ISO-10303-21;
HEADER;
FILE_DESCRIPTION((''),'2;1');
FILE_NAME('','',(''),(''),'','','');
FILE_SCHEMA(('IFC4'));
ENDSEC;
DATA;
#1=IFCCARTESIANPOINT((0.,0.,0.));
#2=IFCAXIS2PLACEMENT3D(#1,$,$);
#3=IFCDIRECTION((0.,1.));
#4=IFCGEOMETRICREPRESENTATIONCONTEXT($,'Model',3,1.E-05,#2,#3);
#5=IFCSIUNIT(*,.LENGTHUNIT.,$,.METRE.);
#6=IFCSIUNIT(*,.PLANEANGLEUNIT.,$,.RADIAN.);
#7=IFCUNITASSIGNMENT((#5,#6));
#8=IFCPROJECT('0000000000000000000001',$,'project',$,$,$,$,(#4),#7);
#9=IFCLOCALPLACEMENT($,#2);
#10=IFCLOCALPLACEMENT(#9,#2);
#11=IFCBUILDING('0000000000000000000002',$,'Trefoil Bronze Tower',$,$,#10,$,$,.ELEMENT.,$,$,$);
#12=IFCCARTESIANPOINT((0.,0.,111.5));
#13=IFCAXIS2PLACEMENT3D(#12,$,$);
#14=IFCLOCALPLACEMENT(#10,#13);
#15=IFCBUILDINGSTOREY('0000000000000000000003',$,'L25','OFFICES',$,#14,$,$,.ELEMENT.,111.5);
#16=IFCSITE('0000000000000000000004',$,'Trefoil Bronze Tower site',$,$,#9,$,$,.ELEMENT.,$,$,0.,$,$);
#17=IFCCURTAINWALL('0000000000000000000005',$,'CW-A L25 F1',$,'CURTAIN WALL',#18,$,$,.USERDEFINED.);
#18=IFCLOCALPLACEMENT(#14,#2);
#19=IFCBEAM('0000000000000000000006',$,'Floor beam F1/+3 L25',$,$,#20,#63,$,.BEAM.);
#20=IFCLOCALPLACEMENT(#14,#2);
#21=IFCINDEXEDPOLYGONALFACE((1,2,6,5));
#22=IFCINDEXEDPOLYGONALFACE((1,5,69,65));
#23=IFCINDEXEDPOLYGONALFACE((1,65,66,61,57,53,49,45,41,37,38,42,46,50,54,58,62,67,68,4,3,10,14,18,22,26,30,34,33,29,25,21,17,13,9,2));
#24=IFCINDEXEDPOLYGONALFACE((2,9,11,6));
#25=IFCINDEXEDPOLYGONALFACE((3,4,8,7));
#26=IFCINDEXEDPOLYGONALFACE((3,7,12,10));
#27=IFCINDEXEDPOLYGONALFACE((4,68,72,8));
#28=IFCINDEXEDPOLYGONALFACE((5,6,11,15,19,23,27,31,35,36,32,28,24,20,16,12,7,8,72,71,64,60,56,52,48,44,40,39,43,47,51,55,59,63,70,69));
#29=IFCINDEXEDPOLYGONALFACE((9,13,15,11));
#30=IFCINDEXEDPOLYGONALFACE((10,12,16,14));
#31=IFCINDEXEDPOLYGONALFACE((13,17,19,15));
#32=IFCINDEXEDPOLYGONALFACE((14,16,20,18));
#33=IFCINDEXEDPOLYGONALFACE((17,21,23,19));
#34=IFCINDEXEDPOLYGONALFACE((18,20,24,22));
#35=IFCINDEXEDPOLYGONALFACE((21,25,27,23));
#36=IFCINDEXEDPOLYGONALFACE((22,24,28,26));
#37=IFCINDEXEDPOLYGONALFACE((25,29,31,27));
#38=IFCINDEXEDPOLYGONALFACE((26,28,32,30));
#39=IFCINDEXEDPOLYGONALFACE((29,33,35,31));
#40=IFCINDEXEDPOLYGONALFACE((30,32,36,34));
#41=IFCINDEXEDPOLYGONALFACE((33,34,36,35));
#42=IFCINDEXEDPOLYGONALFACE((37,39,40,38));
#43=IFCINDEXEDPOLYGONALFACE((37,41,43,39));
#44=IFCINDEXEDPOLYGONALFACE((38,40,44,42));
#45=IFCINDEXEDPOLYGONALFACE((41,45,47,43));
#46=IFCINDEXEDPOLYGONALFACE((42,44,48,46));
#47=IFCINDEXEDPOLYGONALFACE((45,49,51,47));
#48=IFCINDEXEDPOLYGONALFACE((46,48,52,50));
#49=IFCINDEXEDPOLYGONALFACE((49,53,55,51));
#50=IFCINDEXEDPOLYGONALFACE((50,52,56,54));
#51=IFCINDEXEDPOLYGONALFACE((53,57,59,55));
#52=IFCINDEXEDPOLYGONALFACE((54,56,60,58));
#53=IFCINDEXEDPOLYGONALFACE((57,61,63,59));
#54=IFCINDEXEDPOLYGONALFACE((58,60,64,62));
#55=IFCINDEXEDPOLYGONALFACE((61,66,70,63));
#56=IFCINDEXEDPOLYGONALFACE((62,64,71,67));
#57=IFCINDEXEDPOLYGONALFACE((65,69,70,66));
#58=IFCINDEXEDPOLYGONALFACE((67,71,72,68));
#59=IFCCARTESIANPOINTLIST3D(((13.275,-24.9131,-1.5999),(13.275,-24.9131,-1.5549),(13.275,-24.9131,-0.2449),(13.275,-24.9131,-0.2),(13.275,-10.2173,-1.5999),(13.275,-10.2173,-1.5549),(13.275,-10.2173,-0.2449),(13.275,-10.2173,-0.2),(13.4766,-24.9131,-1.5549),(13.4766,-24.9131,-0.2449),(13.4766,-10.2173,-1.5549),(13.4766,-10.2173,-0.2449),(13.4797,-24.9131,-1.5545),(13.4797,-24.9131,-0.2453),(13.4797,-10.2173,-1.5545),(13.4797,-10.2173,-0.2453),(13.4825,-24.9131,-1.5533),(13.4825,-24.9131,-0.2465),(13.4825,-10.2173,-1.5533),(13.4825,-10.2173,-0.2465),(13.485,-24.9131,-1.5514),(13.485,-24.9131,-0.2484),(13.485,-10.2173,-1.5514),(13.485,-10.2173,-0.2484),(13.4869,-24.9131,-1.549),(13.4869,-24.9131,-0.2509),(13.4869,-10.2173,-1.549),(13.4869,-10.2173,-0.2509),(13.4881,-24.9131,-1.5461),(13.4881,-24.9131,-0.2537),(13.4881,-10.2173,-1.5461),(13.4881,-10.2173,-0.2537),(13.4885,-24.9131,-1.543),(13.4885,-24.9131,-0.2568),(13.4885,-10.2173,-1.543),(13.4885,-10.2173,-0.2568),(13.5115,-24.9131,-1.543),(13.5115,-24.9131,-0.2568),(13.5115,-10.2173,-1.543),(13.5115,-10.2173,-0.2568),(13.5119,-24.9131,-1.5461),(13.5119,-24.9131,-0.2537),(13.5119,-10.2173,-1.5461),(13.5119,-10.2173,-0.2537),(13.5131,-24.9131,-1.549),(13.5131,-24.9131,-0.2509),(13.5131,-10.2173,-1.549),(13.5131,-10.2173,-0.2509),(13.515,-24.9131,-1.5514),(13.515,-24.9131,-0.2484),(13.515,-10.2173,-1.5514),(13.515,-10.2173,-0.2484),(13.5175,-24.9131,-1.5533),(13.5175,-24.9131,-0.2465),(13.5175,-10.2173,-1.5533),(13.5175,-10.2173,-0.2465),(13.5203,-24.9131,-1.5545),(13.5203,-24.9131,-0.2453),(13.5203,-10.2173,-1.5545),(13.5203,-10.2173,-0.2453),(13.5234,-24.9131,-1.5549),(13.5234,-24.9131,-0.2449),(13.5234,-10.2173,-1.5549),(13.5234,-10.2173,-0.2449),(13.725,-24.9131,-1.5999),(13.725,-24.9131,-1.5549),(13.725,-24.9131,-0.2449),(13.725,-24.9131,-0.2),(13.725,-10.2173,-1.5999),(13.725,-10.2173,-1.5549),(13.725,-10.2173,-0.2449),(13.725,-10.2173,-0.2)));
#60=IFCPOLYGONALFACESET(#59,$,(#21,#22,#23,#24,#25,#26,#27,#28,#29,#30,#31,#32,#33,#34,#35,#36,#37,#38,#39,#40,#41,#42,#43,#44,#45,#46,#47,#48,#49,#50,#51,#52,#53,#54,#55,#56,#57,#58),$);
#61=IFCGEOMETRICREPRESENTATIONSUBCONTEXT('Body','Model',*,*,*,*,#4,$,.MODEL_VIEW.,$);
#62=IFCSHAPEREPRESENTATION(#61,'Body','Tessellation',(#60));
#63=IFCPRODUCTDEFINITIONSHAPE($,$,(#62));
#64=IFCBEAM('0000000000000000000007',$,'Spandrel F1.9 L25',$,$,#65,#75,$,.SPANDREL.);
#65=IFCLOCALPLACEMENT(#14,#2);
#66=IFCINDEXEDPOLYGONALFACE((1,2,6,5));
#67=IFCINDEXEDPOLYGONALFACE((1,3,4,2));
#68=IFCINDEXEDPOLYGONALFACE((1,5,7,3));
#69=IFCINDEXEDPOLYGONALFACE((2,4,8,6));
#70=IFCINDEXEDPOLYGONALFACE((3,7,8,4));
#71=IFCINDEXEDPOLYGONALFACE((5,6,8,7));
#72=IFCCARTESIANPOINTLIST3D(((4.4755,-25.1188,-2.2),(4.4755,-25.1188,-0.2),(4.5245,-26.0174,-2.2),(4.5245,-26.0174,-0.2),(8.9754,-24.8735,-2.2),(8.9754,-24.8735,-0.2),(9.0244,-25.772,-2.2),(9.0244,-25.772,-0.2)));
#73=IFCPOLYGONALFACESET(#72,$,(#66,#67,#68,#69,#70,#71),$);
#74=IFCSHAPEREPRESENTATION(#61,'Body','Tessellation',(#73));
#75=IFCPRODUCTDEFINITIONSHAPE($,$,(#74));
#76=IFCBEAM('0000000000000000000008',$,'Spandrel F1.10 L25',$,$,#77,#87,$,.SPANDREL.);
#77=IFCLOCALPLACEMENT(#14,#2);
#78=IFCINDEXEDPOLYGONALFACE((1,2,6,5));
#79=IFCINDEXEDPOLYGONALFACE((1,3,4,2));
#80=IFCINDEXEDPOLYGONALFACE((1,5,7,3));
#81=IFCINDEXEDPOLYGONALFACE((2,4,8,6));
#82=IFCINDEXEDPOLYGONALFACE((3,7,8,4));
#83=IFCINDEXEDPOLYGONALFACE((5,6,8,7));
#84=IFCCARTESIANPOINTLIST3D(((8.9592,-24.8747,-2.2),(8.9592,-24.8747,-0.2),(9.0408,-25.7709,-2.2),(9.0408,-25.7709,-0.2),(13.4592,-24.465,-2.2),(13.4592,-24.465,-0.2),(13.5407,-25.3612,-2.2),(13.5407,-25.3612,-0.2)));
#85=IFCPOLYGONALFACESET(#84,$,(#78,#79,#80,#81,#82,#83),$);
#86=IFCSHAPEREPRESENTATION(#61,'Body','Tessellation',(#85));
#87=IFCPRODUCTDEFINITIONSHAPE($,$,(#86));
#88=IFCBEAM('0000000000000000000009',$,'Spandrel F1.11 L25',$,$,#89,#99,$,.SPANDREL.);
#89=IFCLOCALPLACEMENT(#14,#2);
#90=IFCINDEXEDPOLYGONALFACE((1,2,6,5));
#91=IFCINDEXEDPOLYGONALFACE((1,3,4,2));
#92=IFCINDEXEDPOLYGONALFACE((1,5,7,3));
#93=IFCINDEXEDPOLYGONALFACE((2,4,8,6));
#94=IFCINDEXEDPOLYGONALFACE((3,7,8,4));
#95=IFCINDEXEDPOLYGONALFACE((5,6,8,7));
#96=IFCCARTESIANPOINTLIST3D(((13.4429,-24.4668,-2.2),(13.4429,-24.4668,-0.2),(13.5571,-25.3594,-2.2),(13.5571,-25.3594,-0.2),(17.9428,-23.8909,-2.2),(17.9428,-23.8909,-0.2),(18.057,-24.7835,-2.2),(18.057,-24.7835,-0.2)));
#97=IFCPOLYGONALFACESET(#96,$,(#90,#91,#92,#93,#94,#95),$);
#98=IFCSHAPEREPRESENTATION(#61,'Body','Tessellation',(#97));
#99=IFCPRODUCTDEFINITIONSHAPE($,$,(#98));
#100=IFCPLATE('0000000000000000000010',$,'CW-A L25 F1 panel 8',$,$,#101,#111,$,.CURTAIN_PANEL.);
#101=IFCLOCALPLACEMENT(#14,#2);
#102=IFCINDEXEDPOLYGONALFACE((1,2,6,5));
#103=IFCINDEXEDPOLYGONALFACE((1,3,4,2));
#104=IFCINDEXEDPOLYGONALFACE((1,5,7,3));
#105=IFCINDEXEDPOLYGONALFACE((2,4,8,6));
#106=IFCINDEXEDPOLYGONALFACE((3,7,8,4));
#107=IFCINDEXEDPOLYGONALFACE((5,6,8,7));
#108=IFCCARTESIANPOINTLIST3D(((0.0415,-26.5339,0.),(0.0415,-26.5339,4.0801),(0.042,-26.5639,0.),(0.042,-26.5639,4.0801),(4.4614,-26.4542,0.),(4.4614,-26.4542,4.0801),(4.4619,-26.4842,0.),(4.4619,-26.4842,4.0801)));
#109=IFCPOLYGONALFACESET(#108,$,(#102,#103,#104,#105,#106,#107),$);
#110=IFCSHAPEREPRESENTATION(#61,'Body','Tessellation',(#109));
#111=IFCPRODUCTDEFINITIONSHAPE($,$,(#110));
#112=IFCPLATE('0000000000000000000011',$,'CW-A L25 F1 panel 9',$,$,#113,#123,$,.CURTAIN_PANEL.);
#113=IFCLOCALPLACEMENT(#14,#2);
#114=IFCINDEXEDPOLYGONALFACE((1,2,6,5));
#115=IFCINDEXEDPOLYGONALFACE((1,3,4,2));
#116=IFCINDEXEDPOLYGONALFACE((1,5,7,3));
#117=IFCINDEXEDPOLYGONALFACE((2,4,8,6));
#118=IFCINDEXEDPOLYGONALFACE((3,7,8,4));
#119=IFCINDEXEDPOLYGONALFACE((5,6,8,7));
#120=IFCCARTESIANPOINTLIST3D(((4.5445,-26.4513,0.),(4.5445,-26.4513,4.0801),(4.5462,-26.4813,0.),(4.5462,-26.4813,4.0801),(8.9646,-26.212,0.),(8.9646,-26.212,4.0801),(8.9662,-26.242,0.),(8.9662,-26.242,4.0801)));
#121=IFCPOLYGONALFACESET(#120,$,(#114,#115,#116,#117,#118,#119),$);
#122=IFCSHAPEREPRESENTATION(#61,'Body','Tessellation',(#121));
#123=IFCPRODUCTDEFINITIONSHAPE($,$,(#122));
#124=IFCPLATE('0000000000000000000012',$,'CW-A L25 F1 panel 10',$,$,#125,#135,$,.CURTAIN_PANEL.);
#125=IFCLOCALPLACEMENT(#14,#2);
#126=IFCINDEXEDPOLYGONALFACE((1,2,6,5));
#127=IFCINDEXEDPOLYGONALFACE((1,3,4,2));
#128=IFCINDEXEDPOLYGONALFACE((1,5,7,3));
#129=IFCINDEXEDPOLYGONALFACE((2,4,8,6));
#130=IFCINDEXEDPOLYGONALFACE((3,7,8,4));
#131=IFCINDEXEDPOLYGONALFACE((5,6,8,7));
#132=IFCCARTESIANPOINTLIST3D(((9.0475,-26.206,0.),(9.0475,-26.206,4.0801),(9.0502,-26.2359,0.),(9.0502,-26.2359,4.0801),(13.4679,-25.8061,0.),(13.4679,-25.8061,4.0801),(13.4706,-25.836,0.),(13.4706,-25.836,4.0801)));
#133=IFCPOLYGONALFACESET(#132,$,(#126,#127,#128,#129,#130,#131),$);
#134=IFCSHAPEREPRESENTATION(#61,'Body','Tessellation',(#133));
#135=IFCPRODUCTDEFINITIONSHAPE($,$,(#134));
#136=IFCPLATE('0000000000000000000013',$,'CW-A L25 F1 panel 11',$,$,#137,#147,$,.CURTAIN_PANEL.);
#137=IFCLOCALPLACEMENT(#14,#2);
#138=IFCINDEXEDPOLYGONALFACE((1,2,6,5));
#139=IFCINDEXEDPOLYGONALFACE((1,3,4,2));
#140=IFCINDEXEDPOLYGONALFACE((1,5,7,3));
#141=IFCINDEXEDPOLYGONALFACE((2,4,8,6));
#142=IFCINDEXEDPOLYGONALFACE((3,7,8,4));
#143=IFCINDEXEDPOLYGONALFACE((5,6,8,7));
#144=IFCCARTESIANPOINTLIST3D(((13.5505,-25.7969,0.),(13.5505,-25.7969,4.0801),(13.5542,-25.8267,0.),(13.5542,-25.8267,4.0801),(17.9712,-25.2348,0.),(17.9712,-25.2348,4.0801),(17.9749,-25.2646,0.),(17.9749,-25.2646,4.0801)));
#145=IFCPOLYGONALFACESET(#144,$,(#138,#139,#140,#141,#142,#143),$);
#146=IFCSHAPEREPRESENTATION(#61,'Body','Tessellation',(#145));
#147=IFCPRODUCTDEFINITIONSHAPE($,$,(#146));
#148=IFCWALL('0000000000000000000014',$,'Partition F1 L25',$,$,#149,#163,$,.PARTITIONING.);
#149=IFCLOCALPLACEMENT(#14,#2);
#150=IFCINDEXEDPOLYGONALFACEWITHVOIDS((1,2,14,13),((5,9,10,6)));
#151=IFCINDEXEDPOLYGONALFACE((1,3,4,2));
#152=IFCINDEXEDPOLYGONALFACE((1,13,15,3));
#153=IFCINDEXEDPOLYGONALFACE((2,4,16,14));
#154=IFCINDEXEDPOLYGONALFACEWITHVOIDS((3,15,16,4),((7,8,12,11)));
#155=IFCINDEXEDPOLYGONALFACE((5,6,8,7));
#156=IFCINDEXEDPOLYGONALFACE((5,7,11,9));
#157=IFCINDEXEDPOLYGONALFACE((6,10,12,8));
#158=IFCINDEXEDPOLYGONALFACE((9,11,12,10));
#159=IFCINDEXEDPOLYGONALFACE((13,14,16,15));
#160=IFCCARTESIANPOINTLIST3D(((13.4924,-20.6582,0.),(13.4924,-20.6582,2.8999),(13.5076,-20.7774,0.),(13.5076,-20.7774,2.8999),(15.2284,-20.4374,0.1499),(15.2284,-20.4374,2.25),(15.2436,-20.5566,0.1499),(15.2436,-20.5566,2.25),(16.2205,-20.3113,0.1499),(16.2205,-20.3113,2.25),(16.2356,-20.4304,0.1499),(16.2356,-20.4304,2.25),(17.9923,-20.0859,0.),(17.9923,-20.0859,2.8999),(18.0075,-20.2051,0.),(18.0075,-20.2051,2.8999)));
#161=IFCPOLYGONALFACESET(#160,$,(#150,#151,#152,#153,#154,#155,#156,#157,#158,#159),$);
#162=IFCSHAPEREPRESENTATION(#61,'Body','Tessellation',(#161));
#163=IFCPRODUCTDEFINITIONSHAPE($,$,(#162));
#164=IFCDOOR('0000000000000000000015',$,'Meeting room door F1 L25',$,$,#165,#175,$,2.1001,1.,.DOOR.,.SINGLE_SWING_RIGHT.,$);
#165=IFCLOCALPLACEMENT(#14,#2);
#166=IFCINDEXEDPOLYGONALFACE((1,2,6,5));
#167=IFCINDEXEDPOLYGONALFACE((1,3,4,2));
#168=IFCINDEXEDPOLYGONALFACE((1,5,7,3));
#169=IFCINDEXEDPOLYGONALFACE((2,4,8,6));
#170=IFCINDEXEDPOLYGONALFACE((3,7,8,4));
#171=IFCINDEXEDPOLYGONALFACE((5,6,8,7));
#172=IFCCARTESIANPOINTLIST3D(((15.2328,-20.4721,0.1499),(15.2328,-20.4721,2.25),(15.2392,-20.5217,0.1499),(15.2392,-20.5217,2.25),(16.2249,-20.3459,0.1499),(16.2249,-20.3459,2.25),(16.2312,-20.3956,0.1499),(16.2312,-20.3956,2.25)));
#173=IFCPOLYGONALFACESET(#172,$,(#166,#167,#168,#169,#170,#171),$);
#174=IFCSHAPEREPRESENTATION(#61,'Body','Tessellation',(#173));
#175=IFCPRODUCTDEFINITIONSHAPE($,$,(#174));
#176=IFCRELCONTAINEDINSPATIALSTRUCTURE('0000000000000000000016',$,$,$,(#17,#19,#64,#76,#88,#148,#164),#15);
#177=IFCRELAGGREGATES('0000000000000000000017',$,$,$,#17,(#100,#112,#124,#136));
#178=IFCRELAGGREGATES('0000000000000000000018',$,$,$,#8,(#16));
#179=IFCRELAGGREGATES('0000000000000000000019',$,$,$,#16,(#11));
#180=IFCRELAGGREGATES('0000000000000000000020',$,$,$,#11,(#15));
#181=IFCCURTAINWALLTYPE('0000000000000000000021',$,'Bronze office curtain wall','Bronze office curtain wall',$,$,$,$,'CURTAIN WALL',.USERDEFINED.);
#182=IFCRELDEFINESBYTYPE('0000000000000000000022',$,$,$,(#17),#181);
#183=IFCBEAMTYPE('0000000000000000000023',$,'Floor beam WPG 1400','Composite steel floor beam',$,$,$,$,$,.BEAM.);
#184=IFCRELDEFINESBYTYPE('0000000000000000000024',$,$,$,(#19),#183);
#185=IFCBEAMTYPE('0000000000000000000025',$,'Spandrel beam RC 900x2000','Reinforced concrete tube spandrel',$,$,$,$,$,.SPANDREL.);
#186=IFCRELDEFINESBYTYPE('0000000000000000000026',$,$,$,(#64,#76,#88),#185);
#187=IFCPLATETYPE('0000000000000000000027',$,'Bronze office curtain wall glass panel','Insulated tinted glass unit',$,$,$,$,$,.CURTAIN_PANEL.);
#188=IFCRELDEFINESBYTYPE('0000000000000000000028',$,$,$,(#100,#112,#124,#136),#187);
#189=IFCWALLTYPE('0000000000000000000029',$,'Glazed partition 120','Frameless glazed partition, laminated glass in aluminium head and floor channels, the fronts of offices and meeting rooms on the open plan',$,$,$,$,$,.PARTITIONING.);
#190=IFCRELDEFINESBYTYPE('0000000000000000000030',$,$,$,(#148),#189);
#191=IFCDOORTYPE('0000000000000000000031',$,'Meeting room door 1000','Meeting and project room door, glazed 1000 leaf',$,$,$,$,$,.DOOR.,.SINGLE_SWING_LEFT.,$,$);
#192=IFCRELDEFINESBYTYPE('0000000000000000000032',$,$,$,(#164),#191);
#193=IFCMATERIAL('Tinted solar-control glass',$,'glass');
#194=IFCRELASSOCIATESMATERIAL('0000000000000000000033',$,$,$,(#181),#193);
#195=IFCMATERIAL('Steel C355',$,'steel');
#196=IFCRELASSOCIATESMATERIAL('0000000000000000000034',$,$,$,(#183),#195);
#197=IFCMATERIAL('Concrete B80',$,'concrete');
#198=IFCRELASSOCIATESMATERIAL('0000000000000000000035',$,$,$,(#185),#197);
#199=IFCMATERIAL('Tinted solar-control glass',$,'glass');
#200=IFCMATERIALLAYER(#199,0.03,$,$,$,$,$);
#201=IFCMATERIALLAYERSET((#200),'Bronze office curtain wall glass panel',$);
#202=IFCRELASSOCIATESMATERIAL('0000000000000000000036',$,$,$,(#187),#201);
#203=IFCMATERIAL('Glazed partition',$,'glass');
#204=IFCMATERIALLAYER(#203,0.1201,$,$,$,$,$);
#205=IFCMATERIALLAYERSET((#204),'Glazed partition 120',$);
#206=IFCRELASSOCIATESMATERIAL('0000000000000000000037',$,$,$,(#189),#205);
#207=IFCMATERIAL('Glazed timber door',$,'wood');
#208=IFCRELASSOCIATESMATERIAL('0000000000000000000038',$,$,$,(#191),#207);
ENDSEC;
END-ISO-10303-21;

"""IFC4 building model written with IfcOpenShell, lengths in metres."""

from ifc_helpers import new_model, si_unit, direction, frame, frame_2d, origin, origin_2d, place, context, subcontext, project, spatial, rectangle, i_section, extrude, material, layer, layer_set, material_profile, profile_set, type_object, element, fill, aggregate, save


model = new_model("IFC4")

# Units and contexts
model_context = context("Model", 3, precision=1e-05, world=origin(), true_north=direction((0.0, 1.0)))
body_context = subcontext(model_context, "Body", "Model", "MODEL_VIEW")
ifc_project = project(units=[si_unit("LENGTHUNIT", "METRE"), si_unit("PLANEANGLEUNIT", "RADIAN")], contexts=[model_context])

# Site, building, storey
site_placement = place(None, origin())
site = spatial("IfcSite", under=ifc_project, at=site_placement, Name="Trefoil Bronze Tower site", CompositionType="ELEMENT", RefElevation=0.0)
building_placement = place(site_placement, origin())
building = spatial("IfcBuilding", under=site, at=building_placement, Name="Trefoil Bronze Tower", CompositionType="ELEMENT")
storey_placement = place(building_placement, frame((0.0, 0.0, 111.5)))
storey = spatial("IfcBuildingStorey", under=building, at=storey_placement, Name="L25", Description="OFFICES", CompositionType="ELEMENT", Elevation=111.5)

# Curtain wall
ifc_material_1 = material(Name="Tinted solar-control glass", Category="glass")
curtain_wall_type = type_object("IfcCurtainWallType", Name="Bronze office curtain wall", Description="Bronze office curtain wall", ElementType="CURTAIN WALL", PredefinedType="USERDEFINED", material=ifc_material_1)
curtain_wall_placement = place(storey_placement, origin())
curtain_wall = element("IfcCurtainWall", 1, at=curtain_wall_placement, inside=storey, type_object=curtain_wall_type, Name="CW-A L25 F1", ObjectType="CURTAIN WALL", PredefinedType="USERDEFINED")

# Beams
ifc_material_2 = material(Name="Steel C355", Category="steel")
ifc_material_profile_1 = material_profile(ifc_material_2, i_section(OverallWidth=0.45, OverallDepth=1.3999, WebThickness=0.0229, FlangeThickness=0.0449, FilletRadius=0.012, at=origin_2d()), Name="WPG 1400")
ifc_profile_set_1 = profile_set([ifc_material_profile_1], Name="Steel C355")
beam_type_1 = type_object("IfcBeamType", Name="Floor beam WPG 1400", Description="Composite steel floor beam", PredefinedType="BEAM", material=ifc_profile_set_1)
beam_1_placement = place(storey_placement, frame((13.5, -24.9131, -0.8999), z_axis=(0.0, 1.0, 0.0), x_axis=(-1.0, 0.0, 0.0)))
element("IfcBeam", 2, at=beam_1_placement, inside=storey, type_object=beam_type_1, Name="Floor beam F1/+3 L25", PredefinedType="BEAM", context=body_context, shape_type="SweptSolid", body=[
    extrude(i_section(OverallWidth=0.45, OverallDepth=1.3999, WebThickness=0.0229, FlangeThickness=0.0449, FilletRadius=0.012, at=origin_2d()), origin(), (0.0, 0.0, 1.0), 14.6958),
])
ifc_material_3 = material(Name="Concrete B80", Category="concrete")
ifc_material_profile_2 = material_profile(ifc_material_3, rectangle(XDim=0.8999, YDim=2.0, at=origin_2d()), Name="RC 900x2000")
ifc_profile_set_2 = profile_set([ifc_material_profile_2], Name="Concrete B80")
beam_type_2 = type_object("IfcBeamType", Name="Spandrel beam RC 900x2000", Description="Reinforced concrete tube spandrel", PredefinedType="SPANDREL", material=ifc_profile_set_2)
beam_2_placement = place(storey_placement, frame((4.5, -25.5681, -1.2), z_axis=(0.998517, 0.054444, 0.0), x_axis=(-0.054444, 0.998517, 0.0)))
element("IfcBeam", 3, at=beam_2_placement, inside=storey, type_object=beam_type_2, Name="Spandrel F1.9 L25", PredefinedType="SPANDREL", context=body_context, shape_type="SweptSolid", body=[
    extrude(rectangle(XDim=0.8999, YDim=2.0, at=origin_2d()), origin(), (0.0, 0.0, 1.0), 4.5066),
])
beam_3_placement = place(storey_placement, frame((9.0, -25.3228, -1.2), z_axis=(0.995882, 0.090662, 0.0), x_axis=(-0.090662, 0.995882, 0.0)))
element("IfcBeam", 4, at=beam_3_placement, inside=storey, type_object=beam_type_2, Name="Spandrel F1.10 L25", PredefinedType="SPANDREL", context=body_context, shape_type="SweptSolid", body=[
    extrude(rectangle(XDim=0.8999, YDim=2.0, at=origin_2d()), origin(), (0.0, 0.0, 1.0), 4.5186),
])
beam_4_placement = place(storey_placement, frame((13.5, -24.9131, -1.2), z_axis=(0.991909, 0.126948, 0.0), x_axis=(-0.126948, 0.991909, 0.0)))
element("IfcBeam", 5, at=beam_4_placement, inside=storey, type_object=beam_type_2, Name="Spandrel F1.11 L25", PredefinedType="SPANDREL", context=body_context, shape_type="SweptSolid", body=[
    extrude(rectangle(XDim=0.8999, YDim=2.0, at=origin_2d()), origin(), (0.0, 0.0, 1.0), 4.5366),
])

# Plates
ifc_material_4 = material(Name="Tinted solar-control glass", Category="glass")
ifc_layer_1 = layer(ifc_material_4, 0.03)
ifc_layer_set_1 = layer_set([ifc_layer_1], Name="Bronze office curtain wall glass panel")
plate_type = type_object("IfcPlateType", Name="Bronze office curtain wall glass panel", Description="Insulated tinted glass unit", PredefinedType="CURTAIN_PANEL", material=ifc_layer_set_1)
plate_1_placement = place(storey_placement, frame((2.2517, -26.509, 0.0), z_axis=(0.0, 0.0, 1.0), x_axis=(0.999838, 0.018021, 0.0)))
plate_1 = element("IfcPlate", 6, at=plate_1_placement, type_object=plate_type, Name="CW-A L25 F1 panel 8", PredefinedType="CURTAIN_PANEL", context=body_context, shape_type="SweptSolid", body=[
    extrude(rectangle(XDim=4.4207, YDim=0.03, at=origin_2d()), origin(), (0.0, 0.0, 1.0), 4.0801),
])
plate_2_placement = place(storey_placement, frame((6.7554, -26.3467, 0.0), z_axis=(0.0, 0.0, 1.0), x_axis=(0.998538, 0.054063, 0.0)))
plate_2 = element("IfcPlate", 7, at=plate_2_placement, type_object=plate_type, Name="CW-A L25 F1 panel 9", PredefinedType="CURTAIN_PANEL", context=body_context, shape_type="SweptSolid", body=[
    extrude(rectangle(XDim=4.4265, YDim=0.03, at=origin_2d()), origin(), (0.0, 0.0, 1.0), 4.0801),
])
plate_3_placement = place(storey_placement, frame((11.259, -26.021, 0.0), z_axis=(0.0, 0.0, 1.0), x_axis=(0.995932, 0.090105, 0.0)))
plate_3 = element("IfcPlate", 8, at=plate_3_placement, type_object=plate_type, Name="CW-A L25 F1 panel 10", PredefinedType="CURTAIN_PANEL", context=body_context, shape_type="SweptSolid", body=[
    extrude(rectangle(XDim=4.4385, YDim=0.03, at=origin_2d()), origin(), (0.0, 0.0, 1.0), 4.0801),
])
plate_4_placement = place(storey_placement, frame((15.7627, -25.5308, 0.0), z_axis=(0.0, 0.0, 1.0), x_axis=(0.992012, 0.126147, 0.0)))
plate_4 = element("IfcPlate", 9, at=plate_4_placement, type_object=plate_type, Name="CW-A L25 F1 panel 11", PredefinedType="CURTAIN_PANEL", context=body_context, shape_type="SweptSolid", body=[
    extrude(rectangle(XDim=4.4563, YDim=0.03, at=origin_2d()), origin(), (0.0, 0.0, 1.0), 4.0801),
])
aggregate(curtain_wall, [plate_1, plate_2, plate_3, plate_4])

# Wall, opening, door
ifc_material_5 = material(Name="Glazed partition", Category="glass")
ifc_layer_2 = layer(ifc_material_5, 0.1201)
ifc_layer_set_2 = layer_set([ifc_layer_2], Name="Glazed partition 120")
wall_type = type_object("IfcWallType", Name="Glazed partition 120", Description="Frameless glazed partition, laminated glass in aluminium head and floor channels, the fronts of offices and meeting rooms on the open plan", PredefinedType="PARTITIONING", material=ifc_layer_set_2)
wall_1_placement = place(storey_placement, frame((13.5, -20.7178, 0.0), z_axis=(0.0, 0.0, 1.0), x_axis=(0.992011, 0.126154, 0.0)))
wall_1 = element("IfcWall", 10, at=wall_1_placement, inside=storey, type_object=wall_type, Name="Partition F1 L25", PredefinedType="PARTITIONING", context=body_context, shape_type="SweptSolid", body=[
    extrude(rectangle(XDim=4.5361, YDim=0.1201, at=frame_2d((2.2681, 0.0))), origin(), (0.0, 0.0, 1.0), 2.8999),
])
opening_1_placement = place(wall_1_placement, frame((1.75, 0.0, 0.1499)))
opening_1 = element("IfcOpeningElement", 11, at=opening_1_placement, cuts=wall_1, PredefinedType="OPENING", context=body_context, shape_type="SweptSolid", body=[
    extrude(rectangle(XDim=1.0, YDim=2.1001, at=frame_2d((0.5, 1.05))), frame((0.0, 0.0701, 0.0), z_axis=(0.0, -1.0, 0.0), x_axis=(1.0, 0.0, 0.0)), (0.0, 0.0, 1.0), 0.1401),
])
ifc_material_6 = material(Name="Glazed timber door", Category="wood")
door_type_1 = type_object("IfcDoorType", Name="Meeting room door 1000", Description="Meeting and project room door, glazed 1000 leaf", OperationType="SINGLE_SWING_LEFT", PredefinedType="DOOR", material=ifc_material_6)
door_1_placement = place(opening_1_placement, frame((1.0, 0.0, 0.0), z_axis=(0.0, 0.0, 1.0), x_axis=(-1.0, 0.0, 0.0)))
door_1 = element("IfcDoor", 12, at=door_1_placement, inside=storey, type_object=door_type_1, Name="Meeting room door F1 L25", OperationType="SINGLE_SWING_RIGHT", OverallHeight=2.1001, OverallWidth=1.0, PredefinedType="DOOR", context=body_context, shape_type="SweptSolid", body=[
    extrude(rectangle(XDim=1.0, YDim=2.1001, at=frame_2d((0.5, 1.05))), frame((0.0, 0.0249, 0.0), z_axis=(0.0, -1.0, 0.0), x_axis=(1.0, 0.0, 0.0)), (0.0, 0.0, 1.0), 0.05),
])
fill(opening_1, door_1)

save(model, "model.ifc")
